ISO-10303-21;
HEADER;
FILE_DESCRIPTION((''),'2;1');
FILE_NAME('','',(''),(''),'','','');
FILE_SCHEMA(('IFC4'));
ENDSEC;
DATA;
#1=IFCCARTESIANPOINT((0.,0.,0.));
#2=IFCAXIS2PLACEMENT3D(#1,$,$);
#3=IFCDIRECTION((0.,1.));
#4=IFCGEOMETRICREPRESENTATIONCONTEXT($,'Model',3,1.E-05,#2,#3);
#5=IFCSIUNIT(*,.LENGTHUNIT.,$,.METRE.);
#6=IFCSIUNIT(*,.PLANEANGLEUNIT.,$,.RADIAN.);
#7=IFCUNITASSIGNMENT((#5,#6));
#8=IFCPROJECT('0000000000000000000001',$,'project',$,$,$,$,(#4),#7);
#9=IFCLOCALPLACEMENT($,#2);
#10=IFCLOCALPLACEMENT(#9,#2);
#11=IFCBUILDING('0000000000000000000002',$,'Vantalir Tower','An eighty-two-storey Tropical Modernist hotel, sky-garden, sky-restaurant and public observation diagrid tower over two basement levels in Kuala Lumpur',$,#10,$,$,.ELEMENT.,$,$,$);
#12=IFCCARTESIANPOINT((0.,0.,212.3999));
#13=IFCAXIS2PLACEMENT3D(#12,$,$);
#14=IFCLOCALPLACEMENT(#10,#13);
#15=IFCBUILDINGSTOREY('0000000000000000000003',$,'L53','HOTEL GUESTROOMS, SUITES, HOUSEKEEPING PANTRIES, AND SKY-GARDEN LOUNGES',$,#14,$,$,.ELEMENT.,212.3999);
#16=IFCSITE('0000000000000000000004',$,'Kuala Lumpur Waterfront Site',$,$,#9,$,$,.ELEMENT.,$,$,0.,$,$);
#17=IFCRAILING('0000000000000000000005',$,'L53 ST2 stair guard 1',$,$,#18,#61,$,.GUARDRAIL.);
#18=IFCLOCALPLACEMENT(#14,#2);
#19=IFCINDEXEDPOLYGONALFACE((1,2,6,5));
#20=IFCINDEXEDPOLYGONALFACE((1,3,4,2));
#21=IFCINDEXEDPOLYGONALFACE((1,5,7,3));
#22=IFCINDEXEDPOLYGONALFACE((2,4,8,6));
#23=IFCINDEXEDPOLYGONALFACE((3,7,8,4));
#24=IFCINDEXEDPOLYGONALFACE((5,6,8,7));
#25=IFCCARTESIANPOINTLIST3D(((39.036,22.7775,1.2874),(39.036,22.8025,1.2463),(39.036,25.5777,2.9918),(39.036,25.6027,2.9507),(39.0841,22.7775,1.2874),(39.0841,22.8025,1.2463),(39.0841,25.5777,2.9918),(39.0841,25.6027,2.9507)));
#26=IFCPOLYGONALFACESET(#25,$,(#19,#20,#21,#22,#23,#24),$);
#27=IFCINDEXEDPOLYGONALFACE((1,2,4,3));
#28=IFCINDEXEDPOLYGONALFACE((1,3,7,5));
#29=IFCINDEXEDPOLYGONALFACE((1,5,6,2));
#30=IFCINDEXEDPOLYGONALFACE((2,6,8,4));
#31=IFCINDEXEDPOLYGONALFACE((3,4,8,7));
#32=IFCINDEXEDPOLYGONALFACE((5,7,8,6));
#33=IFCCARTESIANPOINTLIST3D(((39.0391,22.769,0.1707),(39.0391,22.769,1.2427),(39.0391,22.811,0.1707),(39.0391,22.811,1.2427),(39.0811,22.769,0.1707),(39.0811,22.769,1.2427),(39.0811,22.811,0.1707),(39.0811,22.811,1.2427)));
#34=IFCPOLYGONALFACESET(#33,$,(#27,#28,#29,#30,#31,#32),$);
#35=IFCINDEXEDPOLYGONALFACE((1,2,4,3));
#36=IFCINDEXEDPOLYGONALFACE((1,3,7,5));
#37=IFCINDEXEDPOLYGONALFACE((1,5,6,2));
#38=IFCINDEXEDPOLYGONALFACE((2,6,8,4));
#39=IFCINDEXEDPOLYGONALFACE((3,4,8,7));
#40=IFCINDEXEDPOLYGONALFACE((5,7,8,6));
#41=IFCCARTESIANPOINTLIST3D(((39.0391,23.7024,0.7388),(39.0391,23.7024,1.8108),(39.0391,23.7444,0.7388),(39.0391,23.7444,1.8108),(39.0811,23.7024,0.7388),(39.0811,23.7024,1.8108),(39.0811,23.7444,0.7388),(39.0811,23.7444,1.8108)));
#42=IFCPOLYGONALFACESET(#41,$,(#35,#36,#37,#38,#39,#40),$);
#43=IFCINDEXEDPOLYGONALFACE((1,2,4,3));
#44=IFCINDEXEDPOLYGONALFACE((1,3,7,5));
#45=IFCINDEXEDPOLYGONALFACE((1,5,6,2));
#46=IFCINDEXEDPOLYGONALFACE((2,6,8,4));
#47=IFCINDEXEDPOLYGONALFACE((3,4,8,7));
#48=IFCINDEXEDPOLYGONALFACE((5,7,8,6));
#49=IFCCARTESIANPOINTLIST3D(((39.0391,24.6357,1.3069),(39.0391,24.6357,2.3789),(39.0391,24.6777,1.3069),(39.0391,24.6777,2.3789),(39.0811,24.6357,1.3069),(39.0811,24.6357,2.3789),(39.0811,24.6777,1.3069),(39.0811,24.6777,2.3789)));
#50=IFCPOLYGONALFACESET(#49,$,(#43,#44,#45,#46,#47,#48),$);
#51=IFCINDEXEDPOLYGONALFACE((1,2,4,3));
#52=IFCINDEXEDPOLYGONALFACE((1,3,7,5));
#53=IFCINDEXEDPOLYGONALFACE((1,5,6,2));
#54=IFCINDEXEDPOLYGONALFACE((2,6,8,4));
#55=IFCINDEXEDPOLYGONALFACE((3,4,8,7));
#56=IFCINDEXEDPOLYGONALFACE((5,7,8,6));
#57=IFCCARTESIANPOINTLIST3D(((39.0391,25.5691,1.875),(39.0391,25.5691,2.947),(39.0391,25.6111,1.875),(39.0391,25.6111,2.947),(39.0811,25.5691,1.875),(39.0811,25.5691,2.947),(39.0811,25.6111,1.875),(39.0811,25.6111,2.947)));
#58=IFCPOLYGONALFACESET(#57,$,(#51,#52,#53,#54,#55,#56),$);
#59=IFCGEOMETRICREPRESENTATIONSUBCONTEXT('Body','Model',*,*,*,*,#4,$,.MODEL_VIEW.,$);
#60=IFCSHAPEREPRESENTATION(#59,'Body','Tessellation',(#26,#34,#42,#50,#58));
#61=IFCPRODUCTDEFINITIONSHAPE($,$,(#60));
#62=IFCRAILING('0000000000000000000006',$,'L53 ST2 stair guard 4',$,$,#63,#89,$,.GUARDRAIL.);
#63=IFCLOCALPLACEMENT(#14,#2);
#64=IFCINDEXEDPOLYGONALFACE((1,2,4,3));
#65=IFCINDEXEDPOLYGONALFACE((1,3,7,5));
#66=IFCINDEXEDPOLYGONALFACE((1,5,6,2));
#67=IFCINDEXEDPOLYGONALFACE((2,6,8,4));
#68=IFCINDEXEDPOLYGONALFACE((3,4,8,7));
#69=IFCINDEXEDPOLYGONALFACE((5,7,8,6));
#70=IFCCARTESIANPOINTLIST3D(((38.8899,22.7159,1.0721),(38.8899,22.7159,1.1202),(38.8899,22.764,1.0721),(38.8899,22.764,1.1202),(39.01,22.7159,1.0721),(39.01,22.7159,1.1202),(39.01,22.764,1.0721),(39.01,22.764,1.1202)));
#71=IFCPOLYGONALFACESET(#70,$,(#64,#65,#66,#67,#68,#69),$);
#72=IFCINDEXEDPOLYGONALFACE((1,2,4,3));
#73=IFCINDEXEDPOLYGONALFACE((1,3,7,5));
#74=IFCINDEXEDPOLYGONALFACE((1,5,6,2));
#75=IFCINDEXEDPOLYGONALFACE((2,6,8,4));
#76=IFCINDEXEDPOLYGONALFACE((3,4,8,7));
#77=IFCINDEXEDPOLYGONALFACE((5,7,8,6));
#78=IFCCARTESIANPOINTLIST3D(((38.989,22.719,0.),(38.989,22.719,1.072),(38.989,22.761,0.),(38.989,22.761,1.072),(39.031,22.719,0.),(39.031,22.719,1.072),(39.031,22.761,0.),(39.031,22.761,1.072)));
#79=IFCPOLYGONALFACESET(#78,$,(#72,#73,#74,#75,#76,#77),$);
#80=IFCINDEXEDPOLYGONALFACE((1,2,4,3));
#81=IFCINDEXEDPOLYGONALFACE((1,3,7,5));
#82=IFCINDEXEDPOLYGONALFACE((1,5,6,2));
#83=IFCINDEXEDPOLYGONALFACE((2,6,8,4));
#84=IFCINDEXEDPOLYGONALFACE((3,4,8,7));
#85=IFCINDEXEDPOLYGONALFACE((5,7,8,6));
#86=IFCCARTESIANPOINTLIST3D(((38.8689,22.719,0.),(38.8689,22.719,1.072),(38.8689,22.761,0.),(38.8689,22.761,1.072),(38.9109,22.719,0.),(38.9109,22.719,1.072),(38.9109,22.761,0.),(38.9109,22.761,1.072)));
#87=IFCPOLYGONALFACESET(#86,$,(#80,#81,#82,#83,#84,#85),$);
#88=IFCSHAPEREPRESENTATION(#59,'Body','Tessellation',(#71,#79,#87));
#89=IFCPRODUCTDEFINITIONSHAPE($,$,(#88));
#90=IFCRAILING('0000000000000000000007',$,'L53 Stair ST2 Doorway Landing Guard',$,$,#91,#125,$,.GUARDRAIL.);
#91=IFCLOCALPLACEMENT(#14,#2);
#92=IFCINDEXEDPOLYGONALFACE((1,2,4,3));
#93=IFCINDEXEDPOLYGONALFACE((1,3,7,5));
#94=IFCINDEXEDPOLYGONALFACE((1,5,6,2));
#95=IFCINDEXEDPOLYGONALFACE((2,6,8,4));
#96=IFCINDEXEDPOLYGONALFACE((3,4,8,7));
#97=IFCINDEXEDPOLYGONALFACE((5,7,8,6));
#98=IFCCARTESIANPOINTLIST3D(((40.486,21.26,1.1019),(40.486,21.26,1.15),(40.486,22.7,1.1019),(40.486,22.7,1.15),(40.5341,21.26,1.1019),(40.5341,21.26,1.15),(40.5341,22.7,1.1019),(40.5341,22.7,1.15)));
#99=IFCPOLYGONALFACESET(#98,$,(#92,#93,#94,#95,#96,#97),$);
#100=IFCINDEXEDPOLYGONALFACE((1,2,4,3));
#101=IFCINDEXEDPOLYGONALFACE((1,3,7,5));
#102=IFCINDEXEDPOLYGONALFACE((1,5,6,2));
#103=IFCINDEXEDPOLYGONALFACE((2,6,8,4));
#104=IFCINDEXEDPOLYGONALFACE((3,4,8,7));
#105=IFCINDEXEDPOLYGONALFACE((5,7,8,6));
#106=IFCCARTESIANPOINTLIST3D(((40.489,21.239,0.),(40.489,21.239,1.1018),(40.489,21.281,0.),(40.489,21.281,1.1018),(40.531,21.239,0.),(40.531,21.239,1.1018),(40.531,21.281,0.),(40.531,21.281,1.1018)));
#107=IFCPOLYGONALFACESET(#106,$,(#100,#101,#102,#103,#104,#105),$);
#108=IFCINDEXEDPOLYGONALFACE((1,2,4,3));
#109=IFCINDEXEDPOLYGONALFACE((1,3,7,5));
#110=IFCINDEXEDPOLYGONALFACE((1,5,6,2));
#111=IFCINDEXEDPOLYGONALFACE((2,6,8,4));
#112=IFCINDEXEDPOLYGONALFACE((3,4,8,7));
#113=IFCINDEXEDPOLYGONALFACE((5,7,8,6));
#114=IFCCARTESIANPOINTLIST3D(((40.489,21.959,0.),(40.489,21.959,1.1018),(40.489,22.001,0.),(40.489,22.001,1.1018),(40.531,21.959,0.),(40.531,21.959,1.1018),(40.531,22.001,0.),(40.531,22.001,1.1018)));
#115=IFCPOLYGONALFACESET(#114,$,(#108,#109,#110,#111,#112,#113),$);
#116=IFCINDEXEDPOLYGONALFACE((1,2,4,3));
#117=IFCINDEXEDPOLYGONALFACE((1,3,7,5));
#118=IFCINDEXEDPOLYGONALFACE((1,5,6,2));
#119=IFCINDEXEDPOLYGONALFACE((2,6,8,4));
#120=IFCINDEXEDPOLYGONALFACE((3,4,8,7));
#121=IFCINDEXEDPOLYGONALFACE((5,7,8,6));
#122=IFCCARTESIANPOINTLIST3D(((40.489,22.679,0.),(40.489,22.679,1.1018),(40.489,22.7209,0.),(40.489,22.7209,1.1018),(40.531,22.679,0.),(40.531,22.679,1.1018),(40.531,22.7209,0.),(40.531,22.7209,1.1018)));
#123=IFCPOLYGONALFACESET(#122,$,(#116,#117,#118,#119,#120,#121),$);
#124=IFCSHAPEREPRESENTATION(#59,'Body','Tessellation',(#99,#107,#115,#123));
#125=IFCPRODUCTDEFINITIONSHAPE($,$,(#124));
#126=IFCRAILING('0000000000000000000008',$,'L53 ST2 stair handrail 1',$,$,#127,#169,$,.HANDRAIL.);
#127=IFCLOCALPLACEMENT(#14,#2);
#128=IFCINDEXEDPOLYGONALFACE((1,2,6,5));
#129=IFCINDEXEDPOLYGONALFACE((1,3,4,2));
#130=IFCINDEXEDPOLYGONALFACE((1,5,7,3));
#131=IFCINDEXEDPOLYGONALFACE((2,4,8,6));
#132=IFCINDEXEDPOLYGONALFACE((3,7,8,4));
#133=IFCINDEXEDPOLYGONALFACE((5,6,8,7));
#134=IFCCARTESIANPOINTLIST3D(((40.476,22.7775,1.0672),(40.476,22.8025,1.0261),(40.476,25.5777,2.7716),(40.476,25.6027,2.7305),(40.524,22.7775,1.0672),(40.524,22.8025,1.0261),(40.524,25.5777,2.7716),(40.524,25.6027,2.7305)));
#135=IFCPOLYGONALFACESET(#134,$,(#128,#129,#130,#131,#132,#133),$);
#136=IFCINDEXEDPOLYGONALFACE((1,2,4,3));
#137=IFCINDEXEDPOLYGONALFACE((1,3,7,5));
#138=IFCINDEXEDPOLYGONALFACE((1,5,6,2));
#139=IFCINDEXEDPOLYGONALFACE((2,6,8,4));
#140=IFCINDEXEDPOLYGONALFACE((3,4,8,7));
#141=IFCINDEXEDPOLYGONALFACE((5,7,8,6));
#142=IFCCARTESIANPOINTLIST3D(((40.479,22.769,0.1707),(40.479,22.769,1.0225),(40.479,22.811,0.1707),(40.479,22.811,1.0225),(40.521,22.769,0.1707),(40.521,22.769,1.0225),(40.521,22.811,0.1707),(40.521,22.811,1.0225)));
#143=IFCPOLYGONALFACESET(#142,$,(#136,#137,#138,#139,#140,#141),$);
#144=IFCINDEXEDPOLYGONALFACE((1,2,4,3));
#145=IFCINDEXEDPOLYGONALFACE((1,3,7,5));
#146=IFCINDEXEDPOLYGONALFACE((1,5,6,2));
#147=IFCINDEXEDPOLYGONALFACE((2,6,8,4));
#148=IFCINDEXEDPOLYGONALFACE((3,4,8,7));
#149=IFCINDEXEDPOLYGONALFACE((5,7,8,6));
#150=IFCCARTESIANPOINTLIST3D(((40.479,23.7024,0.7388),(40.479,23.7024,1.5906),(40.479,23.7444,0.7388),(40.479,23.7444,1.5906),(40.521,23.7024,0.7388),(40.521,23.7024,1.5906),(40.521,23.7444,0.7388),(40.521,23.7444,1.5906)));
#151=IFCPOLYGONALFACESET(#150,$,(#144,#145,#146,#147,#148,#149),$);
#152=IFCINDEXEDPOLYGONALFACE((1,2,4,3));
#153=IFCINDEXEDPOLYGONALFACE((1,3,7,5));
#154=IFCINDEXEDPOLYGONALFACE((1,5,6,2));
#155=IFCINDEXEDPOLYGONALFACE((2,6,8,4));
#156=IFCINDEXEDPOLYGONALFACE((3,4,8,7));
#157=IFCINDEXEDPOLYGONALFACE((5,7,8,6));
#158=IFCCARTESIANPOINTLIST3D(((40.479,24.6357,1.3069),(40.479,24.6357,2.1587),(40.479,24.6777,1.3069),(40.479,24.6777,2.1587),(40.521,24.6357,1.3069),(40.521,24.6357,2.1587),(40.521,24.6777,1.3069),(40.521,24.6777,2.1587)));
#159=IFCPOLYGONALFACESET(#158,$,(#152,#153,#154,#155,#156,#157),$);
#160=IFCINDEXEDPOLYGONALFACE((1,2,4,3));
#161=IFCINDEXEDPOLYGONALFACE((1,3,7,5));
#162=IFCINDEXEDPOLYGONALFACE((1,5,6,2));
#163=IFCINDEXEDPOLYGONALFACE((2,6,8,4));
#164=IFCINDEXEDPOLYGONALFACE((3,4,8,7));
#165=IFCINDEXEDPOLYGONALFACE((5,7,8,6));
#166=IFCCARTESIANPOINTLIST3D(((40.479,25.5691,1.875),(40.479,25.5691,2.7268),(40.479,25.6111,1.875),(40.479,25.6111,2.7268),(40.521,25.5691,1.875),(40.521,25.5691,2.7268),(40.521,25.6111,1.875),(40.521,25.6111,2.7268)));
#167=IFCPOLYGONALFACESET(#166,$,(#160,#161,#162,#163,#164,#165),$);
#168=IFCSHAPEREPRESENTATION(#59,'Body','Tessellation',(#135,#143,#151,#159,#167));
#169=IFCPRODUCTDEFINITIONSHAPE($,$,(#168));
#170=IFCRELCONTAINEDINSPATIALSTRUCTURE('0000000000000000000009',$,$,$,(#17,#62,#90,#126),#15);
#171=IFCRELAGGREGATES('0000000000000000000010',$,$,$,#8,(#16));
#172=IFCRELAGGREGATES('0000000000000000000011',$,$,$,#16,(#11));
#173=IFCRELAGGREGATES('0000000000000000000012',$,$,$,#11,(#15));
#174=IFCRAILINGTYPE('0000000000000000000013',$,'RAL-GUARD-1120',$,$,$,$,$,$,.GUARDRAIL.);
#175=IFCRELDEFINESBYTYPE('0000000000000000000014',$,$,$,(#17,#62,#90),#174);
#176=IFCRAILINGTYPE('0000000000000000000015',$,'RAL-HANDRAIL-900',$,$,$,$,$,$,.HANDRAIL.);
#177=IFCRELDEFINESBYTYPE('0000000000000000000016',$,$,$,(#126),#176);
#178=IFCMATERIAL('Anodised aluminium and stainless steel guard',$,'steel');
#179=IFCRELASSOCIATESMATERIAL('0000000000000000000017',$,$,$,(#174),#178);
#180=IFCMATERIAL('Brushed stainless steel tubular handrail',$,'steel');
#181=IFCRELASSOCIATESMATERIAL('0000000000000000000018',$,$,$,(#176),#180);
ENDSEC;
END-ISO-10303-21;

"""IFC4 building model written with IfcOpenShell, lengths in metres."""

from ifc_helpers import new_model, si_unit, direction, frame, origin, origin_2d, place, context, subcontext, project, spatial, rectangle, extrude, material, type_object, element, save


model = new_model("IFC4")

# Units and contexts
model_context = context("Model", 3, precision=1e-05, world=origin(), true_north=direction((0.0, 1.0)))
body_context = subcontext(model_context, "Body", "Model", "MODEL_VIEW")
ifc_project = project(units=[si_unit("LENGTHUNIT", "METRE"), si_unit("PLANEANGLEUNIT", "RADIAN")], contexts=[model_context])

# Site, building, storey
site_placement = place(None, origin())
site = spatial("IfcSite", under=ifc_project, at=site_placement, Name="Kuala Lumpur Waterfront Site", CompositionType="ELEMENT", RefElevation=0.0)
building_placement = place(site_placement, origin())
building = spatial("IfcBuilding", under=site, at=building_placement, Name="Vantalir Tower", Description="An eighty-two-storey Tropical Modernist hotel, sky-garden, sky-restaurant and public observation diagrid tower over two basement levels in Kuala Lumpur", CompositionType="ELEMENT")
storey_placement = place(building_placement, frame((0.0, 0.0, 212.3999)))
storey = spatial("IfcBuildingStorey", under=building, at=storey_placement, Name="L53", Description="HOTEL GUESTROOMS, SUITES, HOUSEKEEPING PANTRIES, AND SKY-GARDEN LOUNGES", CompositionType="ELEMENT", Elevation=212.3999)

# Railings
ifc_material_1 = material(Name="Anodised aluminium and stainless steel guard", Category="steel")
railing_type_1 = type_object("IfcRailingType", Name="RAL-GUARD-1120", PredefinedType="GUARDRAIL", material=ifc_material_1)
railing_1_placement = place(storey_placement, frame((39.0601, 22.79, 0.1707)))
element("IfcRailing", 1, at=railing_1_placement, inside=storey, type_object=railing_type_1, Name="L53 ST2 stair guard 1", PredefinedType="GUARDRAIL", context=body_context, shape_type="SweptSolid", body=[
    extrude(rectangle(XDim=0.0481, YDim=0.0481, at=origin_2d()), frame((0.0, 0.0, 1.0962), z_axis=(0.0, 0.854203, 0.51994), x_axis=(-1.0, 0.0, 0.0)), (0.0, 0.0, 1.0), 3.2781),
    extrude(rectangle(XDim=0.042, YDim=0.042, at=origin_2d()), origin(), (0.0, 0.0, 1.0), 1.072),
    extrude(rectangle(XDim=0.042, YDim=0.042, at=origin_2d()), frame((0.0, 0.9333, 0.5681)), (0.0, 0.0, 1.0), 1.072),
    extrude(rectangle(XDim=0.042, YDim=0.042, at=origin_2d()), frame((0.0, 1.8667, 1.1362)), (0.0, 0.0, 1.0), 1.072),
    extrude(rectangle(XDim=0.042, YDim=0.042, at=origin_2d()), frame((0.0, 2.8, 1.7043)), (0.0, 0.0, 1.0), 1.072),
])
railing_2_placement = place(storey_placement, frame((39.01, 22.74, 0.0)))
element("IfcRailing", 2, at=railing_2_placement, inside=storey, type_object=railing_type_1, Name="L53 ST2 stair guard 4", PredefinedType="GUARDRAIL", context=body_context, shape_type="SweptSolid", body=[
    extrude(rectangle(XDim=0.0481, YDim=0.0481, at=origin_2d()), frame((0.0, 0.0, 1.0962), z_axis=(-1.0, 0.0, 0.0), x_axis=(0.0, -1.0, 0.0)), (0.0, 0.0, 1.0), 0.1201),
    extrude(rectangle(XDim=0.042, YDim=0.042, at=origin_2d()), origin(), (0.0, 0.0, 1.0), 1.072),
    extrude(rectangle(XDim=0.042, YDim=0.042, at=origin_2d()), frame((-0.1201, 0.0, 0.0)), (0.0, 0.0, 1.0), 1.072),
])
railing_3_placement = place(storey_placement, frame((40.51, 21.26, 0.0)))
element("IfcRailing", 3, at=railing_3_placement, inside=storey, type_object=railing_type_1, Name="L53 Stair ST2 Doorway Landing Guard", PredefinedType="GUARDRAIL", context=body_context, shape_type="SweptSolid", body=[
    extrude(rectangle(XDim=0.0481, YDim=0.0481, at=origin_2d()), frame((0.0, 0.0, 1.126), z_axis=(0.0, 1.0, 0.0), x_axis=(-1.0, 0.0, 0.0)), (0.0, 0.0, 1.0), 1.4399),
    extrude(rectangle(XDim=0.042, YDim=0.042, at=origin_2d()), origin(), (0.0, 0.0, 1.0), 1.1018),
    extrude(rectangle(XDim=0.042, YDim=0.042, at=origin_2d()), frame((0.0, 0.72, 0.0)), (0.0, 0.0, 1.0), 1.1018),
    extrude(rectangle(XDim=0.042, YDim=0.042, at=origin_2d()), frame((0.0, 1.4399, 0.0)), (0.0, 0.0, 1.0), 1.1018),
])
ifc_material_2 = material(Name="Brushed stainless steel tubular handrail", Category="steel")
railing_type_2 = type_object("IfcRailingType", Name="RAL-HANDRAIL-900", PredefinedType="HANDRAIL", material=ifc_material_2)
railing_4_placement = place(storey_placement, frame((40.5, 22.79, 0.1707)))
element("IfcRailing", 4, at=railing_4_placement, inside=storey, type_object=railing_type_2, Name="L53 ST2 stair handrail 1", PredefinedType="HANDRAIL", context=body_context, shape_type="SweptSolid", body=[
    extrude(rectangle(XDim=0.0481, YDim=0.0481, at=origin_2d()), frame((0.0, 0.0, 0.876), z_axis=(0.0, 0.854203, 0.51994), x_axis=(-1.0, 0.0, 0.0)), (0.0, 0.0, 1.0), 3.2781),
    extrude(rectangle(XDim=0.042, YDim=0.042, at=origin_2d()), origin(), (0.0, 0.0, 1.0), 0.8518),
    extrude(rectangle(XDim=0.042, YDim=0.042, at=origin_2d()), frame((0.0, 0.9333, 0.5681)), (0.0, 0.0, 1.0), 0.8518),
    extrude(rectangle(XDim=0.042, YDim=0.042, at=origin_2d()), frame((0.0, 1.8667, 1.1362)), (0.0, 0.0, 1.0), 0.8518),
    extrude(rectangle(XDim=0.042, YDim=0.042, at=origin_2d()), frame((0.0, 2.8, 1.7043)), (0.0, 0.0, 1.0), 0.8518),
])

save(model, "model.ifc")
